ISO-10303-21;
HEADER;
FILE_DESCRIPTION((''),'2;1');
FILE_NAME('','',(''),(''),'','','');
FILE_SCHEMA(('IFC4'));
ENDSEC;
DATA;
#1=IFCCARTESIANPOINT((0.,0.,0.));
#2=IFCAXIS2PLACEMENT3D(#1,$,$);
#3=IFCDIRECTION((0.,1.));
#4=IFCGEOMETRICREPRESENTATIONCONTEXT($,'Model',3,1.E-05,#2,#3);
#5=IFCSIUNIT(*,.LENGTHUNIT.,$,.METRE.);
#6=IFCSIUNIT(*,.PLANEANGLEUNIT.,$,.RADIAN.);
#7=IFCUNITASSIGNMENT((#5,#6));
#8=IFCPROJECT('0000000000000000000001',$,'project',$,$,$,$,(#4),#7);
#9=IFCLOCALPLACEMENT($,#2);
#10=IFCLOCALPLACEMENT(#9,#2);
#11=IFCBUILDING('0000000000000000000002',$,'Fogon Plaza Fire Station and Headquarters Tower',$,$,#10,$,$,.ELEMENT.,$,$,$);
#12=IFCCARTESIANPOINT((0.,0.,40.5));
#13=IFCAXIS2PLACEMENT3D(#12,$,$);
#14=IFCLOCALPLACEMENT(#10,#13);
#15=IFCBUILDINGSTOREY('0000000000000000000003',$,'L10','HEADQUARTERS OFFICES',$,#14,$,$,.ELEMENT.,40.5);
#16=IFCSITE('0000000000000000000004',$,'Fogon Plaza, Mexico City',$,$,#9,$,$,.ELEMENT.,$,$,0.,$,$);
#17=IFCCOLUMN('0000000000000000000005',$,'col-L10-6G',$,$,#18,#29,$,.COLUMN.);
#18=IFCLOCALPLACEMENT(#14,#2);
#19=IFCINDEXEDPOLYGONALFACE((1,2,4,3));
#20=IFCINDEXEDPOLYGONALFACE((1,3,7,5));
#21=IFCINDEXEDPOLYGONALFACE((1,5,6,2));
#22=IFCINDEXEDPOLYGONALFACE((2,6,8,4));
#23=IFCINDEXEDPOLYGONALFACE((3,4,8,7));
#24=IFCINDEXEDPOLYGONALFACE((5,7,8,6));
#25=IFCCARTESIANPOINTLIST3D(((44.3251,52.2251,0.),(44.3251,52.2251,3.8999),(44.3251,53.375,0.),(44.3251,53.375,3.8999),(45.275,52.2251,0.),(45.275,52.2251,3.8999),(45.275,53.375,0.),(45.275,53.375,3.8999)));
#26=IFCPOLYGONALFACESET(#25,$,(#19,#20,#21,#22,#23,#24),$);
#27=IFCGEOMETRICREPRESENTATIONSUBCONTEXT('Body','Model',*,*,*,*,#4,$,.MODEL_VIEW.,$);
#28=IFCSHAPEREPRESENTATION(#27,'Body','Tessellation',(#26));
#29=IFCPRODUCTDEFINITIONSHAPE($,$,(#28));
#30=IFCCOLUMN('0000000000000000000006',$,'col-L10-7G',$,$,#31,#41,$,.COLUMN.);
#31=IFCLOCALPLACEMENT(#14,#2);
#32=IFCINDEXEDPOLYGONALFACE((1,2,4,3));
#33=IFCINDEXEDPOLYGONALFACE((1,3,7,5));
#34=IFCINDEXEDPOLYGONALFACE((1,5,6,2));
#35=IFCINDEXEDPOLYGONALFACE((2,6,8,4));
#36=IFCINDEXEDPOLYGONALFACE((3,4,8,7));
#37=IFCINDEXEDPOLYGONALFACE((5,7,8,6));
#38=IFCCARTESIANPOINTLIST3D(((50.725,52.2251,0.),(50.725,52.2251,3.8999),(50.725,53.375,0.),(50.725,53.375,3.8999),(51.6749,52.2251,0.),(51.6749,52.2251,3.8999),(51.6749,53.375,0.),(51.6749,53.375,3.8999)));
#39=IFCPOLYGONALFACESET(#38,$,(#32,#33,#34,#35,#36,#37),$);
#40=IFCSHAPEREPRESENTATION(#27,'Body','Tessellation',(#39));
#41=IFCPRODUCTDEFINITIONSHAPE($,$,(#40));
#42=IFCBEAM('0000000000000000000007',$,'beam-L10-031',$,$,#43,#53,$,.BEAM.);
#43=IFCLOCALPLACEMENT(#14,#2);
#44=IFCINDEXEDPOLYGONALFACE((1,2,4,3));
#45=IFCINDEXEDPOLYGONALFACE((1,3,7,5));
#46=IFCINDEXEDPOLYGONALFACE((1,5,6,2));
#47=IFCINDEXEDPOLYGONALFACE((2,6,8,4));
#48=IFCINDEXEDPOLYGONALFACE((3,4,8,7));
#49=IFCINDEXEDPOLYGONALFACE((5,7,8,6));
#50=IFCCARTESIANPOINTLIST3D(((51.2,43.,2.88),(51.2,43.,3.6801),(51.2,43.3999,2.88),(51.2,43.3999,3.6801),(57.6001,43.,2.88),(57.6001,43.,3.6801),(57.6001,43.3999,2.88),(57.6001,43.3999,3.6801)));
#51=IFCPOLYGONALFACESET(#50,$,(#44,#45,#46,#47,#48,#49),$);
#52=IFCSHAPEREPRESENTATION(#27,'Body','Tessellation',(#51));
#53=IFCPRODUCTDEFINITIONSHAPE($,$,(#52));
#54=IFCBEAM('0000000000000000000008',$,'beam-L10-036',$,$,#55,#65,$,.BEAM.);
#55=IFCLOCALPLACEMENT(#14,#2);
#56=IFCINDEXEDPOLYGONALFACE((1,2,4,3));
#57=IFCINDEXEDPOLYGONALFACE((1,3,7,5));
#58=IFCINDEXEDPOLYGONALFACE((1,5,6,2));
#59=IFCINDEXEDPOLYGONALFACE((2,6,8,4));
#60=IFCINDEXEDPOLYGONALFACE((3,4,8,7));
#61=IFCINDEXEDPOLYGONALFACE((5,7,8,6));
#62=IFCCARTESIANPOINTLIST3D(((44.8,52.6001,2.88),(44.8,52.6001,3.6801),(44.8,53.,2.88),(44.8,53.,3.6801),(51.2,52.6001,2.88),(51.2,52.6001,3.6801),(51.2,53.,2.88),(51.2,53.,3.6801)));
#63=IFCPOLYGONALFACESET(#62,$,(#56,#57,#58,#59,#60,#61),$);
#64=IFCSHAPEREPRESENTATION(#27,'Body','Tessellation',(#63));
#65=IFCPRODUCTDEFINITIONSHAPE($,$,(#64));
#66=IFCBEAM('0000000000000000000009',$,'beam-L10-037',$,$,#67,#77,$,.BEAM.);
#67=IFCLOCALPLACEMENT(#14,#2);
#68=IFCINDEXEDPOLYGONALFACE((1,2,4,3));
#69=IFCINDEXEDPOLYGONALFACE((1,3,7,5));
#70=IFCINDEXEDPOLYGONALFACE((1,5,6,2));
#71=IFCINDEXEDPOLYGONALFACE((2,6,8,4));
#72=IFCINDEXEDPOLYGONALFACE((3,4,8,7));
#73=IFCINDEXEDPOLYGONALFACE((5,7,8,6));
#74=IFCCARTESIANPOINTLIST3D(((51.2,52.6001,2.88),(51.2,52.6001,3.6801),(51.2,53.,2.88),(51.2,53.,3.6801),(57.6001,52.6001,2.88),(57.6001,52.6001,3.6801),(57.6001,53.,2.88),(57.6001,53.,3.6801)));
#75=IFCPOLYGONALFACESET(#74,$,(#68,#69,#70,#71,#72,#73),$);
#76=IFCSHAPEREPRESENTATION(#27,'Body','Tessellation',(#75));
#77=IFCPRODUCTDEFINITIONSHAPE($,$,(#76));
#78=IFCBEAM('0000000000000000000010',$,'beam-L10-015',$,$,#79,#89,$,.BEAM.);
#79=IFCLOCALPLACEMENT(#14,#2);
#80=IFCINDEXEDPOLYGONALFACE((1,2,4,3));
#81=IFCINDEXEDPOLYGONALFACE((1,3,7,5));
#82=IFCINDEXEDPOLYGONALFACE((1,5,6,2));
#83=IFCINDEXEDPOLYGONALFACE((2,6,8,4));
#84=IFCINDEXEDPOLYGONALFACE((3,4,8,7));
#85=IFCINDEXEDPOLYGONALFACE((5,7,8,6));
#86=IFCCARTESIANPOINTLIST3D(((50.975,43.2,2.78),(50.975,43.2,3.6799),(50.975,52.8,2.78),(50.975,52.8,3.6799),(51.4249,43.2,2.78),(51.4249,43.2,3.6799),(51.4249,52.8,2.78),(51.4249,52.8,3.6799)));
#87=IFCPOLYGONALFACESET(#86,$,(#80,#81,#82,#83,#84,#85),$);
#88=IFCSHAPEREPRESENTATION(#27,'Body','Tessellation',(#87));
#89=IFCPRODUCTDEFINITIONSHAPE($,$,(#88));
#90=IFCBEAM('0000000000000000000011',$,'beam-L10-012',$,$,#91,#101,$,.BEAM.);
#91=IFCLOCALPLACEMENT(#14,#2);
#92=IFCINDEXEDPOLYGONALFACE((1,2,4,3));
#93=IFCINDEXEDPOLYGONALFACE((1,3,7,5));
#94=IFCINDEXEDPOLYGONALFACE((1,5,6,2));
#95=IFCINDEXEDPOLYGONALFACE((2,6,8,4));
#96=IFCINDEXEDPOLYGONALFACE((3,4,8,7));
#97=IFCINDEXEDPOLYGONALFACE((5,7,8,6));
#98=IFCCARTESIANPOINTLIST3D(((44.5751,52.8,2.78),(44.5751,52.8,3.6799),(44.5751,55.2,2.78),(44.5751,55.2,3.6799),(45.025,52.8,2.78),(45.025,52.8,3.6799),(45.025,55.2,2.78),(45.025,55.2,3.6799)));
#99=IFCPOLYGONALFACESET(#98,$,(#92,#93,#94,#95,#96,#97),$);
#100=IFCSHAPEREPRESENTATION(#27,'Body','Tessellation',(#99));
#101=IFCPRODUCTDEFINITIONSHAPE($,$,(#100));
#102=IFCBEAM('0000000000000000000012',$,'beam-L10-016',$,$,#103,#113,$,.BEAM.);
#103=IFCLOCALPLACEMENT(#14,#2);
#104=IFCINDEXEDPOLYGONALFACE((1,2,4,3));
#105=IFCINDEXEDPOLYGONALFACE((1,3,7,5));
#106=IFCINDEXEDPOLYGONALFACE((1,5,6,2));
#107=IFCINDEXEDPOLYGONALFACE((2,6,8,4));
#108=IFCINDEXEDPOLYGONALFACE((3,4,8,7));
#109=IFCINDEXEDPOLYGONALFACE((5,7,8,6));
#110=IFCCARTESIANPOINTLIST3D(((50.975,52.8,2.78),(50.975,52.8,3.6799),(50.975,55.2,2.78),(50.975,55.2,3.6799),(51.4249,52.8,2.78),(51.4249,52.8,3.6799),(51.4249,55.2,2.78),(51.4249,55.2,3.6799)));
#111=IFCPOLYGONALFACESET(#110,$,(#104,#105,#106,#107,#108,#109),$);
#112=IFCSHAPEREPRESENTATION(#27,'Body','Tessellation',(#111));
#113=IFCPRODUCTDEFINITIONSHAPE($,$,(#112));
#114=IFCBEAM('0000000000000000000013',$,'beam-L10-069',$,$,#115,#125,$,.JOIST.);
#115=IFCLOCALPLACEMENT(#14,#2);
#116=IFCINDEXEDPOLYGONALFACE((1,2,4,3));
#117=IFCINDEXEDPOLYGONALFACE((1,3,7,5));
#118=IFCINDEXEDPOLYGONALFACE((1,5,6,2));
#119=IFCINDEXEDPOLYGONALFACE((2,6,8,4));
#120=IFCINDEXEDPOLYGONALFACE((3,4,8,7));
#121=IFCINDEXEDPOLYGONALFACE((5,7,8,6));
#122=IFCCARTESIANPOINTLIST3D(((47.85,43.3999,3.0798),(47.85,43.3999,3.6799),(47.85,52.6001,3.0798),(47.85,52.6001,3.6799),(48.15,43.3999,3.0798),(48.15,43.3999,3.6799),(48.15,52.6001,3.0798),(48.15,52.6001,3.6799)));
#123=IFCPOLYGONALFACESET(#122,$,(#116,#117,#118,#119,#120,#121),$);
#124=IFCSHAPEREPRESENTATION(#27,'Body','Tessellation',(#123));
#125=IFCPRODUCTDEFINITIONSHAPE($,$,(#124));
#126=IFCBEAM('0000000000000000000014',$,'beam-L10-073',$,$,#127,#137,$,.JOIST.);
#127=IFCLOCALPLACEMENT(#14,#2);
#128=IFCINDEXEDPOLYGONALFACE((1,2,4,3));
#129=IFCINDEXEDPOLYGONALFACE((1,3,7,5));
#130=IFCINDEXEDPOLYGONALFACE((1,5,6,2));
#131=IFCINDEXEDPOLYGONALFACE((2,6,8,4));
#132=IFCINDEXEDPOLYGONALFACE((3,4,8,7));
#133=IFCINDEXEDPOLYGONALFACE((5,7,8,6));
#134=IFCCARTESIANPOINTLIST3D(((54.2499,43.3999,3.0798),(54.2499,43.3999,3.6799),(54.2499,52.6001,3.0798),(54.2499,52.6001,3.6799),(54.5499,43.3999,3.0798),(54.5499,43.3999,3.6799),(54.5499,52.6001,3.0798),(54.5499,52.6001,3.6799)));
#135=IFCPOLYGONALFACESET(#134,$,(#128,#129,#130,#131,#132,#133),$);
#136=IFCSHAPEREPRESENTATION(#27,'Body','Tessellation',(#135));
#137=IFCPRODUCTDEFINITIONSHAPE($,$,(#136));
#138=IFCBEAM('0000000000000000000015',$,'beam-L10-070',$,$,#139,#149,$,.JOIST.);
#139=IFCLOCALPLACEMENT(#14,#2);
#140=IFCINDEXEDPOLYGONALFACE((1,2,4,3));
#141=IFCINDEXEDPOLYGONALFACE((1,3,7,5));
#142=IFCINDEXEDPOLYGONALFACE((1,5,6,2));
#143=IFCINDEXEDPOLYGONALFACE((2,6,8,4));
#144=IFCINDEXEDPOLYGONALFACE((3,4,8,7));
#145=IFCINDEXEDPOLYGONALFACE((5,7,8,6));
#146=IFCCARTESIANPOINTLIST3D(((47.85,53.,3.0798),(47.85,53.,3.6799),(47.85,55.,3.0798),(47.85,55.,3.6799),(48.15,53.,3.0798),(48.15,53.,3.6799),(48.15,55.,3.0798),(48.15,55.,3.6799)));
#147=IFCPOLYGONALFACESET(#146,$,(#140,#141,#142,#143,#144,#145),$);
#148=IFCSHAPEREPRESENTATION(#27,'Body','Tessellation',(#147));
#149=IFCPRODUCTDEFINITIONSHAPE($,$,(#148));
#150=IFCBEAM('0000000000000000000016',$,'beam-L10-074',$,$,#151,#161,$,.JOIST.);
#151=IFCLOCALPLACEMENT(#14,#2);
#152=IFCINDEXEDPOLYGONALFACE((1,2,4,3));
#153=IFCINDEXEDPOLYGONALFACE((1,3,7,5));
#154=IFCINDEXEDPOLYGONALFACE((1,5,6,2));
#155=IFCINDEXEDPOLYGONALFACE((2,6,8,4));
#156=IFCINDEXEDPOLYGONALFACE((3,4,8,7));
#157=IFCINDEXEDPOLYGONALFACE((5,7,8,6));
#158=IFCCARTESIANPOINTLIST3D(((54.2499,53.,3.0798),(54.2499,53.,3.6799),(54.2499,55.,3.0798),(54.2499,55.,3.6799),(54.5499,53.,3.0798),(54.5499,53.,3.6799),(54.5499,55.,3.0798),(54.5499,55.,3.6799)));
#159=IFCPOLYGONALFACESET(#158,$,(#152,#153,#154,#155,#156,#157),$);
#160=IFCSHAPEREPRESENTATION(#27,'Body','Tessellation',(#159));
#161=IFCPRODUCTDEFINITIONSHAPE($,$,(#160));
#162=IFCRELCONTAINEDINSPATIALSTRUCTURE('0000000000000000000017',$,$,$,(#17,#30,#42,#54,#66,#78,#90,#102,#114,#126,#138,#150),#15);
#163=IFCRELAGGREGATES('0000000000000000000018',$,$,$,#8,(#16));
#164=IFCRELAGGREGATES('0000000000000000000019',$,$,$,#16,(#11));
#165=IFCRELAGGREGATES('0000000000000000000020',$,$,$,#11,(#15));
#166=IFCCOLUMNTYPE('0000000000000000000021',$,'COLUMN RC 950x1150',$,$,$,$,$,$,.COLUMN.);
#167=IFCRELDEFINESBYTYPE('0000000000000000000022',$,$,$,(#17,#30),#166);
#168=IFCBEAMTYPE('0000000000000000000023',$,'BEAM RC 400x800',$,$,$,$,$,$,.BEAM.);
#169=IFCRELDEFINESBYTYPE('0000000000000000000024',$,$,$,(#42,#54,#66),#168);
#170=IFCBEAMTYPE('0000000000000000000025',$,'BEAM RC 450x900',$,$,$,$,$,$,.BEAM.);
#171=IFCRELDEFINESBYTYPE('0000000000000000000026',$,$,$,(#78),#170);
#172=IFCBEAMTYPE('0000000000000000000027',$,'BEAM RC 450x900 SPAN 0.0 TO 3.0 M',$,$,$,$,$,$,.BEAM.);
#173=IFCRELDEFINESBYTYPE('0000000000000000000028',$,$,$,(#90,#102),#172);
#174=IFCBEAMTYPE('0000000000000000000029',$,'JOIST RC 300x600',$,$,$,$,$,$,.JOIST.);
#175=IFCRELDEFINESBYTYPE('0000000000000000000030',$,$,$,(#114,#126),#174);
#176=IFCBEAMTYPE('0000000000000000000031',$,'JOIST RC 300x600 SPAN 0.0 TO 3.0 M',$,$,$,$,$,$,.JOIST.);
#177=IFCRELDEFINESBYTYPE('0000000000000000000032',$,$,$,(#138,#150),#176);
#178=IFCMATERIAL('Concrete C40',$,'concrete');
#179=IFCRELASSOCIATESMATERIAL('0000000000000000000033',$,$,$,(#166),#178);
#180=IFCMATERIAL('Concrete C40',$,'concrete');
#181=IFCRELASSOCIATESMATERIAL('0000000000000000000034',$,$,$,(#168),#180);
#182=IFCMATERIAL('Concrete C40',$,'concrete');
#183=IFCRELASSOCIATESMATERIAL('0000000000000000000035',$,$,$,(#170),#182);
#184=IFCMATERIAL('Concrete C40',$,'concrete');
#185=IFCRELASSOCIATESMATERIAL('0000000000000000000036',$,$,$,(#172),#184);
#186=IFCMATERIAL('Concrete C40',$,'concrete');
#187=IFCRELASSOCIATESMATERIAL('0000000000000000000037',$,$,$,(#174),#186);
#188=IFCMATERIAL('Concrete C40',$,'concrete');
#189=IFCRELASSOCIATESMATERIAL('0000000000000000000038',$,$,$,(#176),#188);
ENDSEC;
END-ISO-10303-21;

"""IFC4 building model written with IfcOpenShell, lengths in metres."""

from ifc_helpers import new_model, si_unit, direction, frame, origin, origin_2d, place, context, subcontext, project, spatial, rectangle, extrude, material, material_profile, profile_set, type_object, element, save


model = new_model("IFC4")

# Units and contexts
model_context = context("Model", 3, precision=1e-05, world=origin(), true_north=direction((0.0, 1.0)))
body_context = subcontext(model_context, "Body", "Model", "MODEL_VIEW")
ifc_project = project(units=[si_unit("LENGTHUNIT", "METRE"), si_unit("PLANEANGLEUNIT", "RADIAN")], contexts=[model_context])

# Site, building, storey
site_placement = place(None, origin())
site = spatial("IfcSite", under=ifc_project, at=site_placement, Name="Fogon Plaza, Mexico City", CompositionType="ELEMENT", RefElevation=0.0)
building_placement = place(site_placement, origin())
building = spatial("IfcBuilding", under=site, at=building_placement, Name="Fogon Plaza Fire Station and Headquarters Tower", CompositionType="ELEMENT")
storey_placement = place(building_placement, frame((0.0, 0.0, 40.5)))
storey = spatial("IfcBuildingStorey", under=building, at=storey_placement, Name="L10", Description="HEADQUARTERS OFFICES", CompositionType="ELEMENT", Elevation=40.5)

# Columns
ifc_material_1 = material(Name="Concrete C40", Category="concrete")
ifc_material_profile_1 = material_profile(ifc_material_1, rectangle(XDim=0.95, YDim=1.1499, at=origin_2d()), Name="RC 950x1150")
ifc_profile_set_1 = profile_set([ifc_material_profile_1], Name="Concrete C40")
column_type = type_object("IfcColumnType", Name="COLUMN RC 950x1150", PredefinedType="COLUMN", material=ifc_profile_set_1)
for number, where, z_axis, x_axis, name in (
    (1, (44.8, 52.8, 0.0), (0.0, 0.0, 1.0), (1.0, 0.0, 0.0), "col-L10-6G"),
    (2, (51.2, 52.8, 0.0), (0.0, 0.0, 1.0), (1.0, 0.0, 0.0), "col-L10-7G"),
):
    element("IfcColumn", number, at=place(storey_placement, frame(where, z_axis=z_axis, x_axis=x_axis)), inside=storey, type_object=column_type, Name=name, PredefinedType="COLUMN", context=body_context, shape_type="SweptSolid", body=[
        extrude(rectangle(XDim=0.95, YDim=1.1499, at=origin_2d()), origin(), (0.0, 0.0, 1.0), 3.8999),
    ])

# Beams
ifc_material_2 = material(Name="Concrete C40", Category="concrete")
ifc_material_profile_2 = material_profile(ifc_material_2, rectangle(XDim=0.3999, YDim=0.8, at=origin_2d()), Name="RC 400x800")
ifc_profile_set_2 = profile_set([ifc_material_profile_2], Name="Concrete C40")
beam_type_1 = type_object("IfcBeamType", Name="BEAM RC 400x800", PredefinedType="BEAM", material=ifc_profile_set_2)
beam_1_placement = place(storey_placement, frame((51.2, 43.2, 3.28), z_axis=(1.0, 0.0, 0.0), x_axis=(0.0, 1.0, 0.0)))
element("IfcBeam", 3, at=beam_1_placement, inside=storey, type_object=beam_type_1, Name="beam-L10-031", PredefinedType="BEAM", context=body_context, shape_type="SweptSolid", body=[
    extrude(rectangle(XDim=0.3999, YDim=0.8, at=origin_2d()), origin(), (0.0, 0.0, 1.0), 6.4001),
])
beam_2_placement = place(storey_placement, frame((44.8, 52.8, 3.28), z_axis=(1.0, 0.0, 0.0), x_axis=(0.0, 1.0, 0.0)))
element("IfcBeam", 4, at=beam_2_placement, inside=storey, type_object=beam_type_1, Name="beam-L10-036", PredefinedType="BEAM", context=body_context, shape_type="SweptSolid", body=[
    extrude(rectangle(XDim=0.3999, YDim=0.8, at=origin_2d()), origin(), (0.0, 0.0, 1.0), 6.3999),
])
beam_3_placement = place(storey_placement, frame((51.2, 52.8, 3.28), z_axis=(1.0, 0.0, 0.0), x_axis=(0.0, 1.0, 0.0)))
element("IfcBeam", 5, at=beam_3_placement, inside=storey, type_object=beam_type_1, Name="beam-L10-037", PredefinedType="BEAM", context=body_context, shape_type="SweptSolid", body=[
    extrude(rectangle(XDim=0.3999, YDim=0.8, at=origin_2d()), origin(), (0.0, 0.0, 1.0), 6.4001),
])
ifc_material_3 = material(Name="Concrete C40", Category="concrete")
ifc_material_profile_3 = material_profile(ifc_material_3, rectangle(XDim=0.45, YDim=0.8999, at=origin_2d()), Name="RC 450x900")
ifc_profile_set_3 = profile_set([ifc_material_profile_3], Name="Concrete C40")
beam_type_2 = type_object("IfcBeamType", Name="BEAM RC 450x900", PredefinedType="BEAM", material=ifc_profile_set_3)
beam_4_placement = place(storey_placement, frame((51.2, 43.2, 3.23), z_axis=(0.0, 1.0, 0.0), x_axis=(-1.0, 0.0, 0.0)))
element("IfcBeam", 6, at=beam_4_placement, inside=storey, type_object=beam_type_2, Name="beam-L10-015", PredefinedType="BEAM", context=body_context, shape_type="SweptSolid", body=[
    extrude(rectangle(XDim=0.45, YDim=0.8999, at=origin_2d()), origin(), (0.0, 0.0, 1.0), 9.6001),
])
ifc_material_4 = material(Name="Concrete C40", Category="concrete")
ifc_material_profile_4 = material_profile(ifc_material_4, rectangle(XDim=0.45, YDim=0.8999, at=origin_2d()), Name="RC 450x900")
ifc_profile_set_4 = profile_set([ifc_material_profile_4], Name="Concrete C40")
beam_type_3 = type_object("IfcBeamType", Name="BEAM RC 450x900 SPAN 0.0 TO 3.0 M", PredefinedType="BEAM", material=ifc_profile_set_4)
for number, where, z_axis, x_axis, name in (
    (7, (44.8, 52.8, 3.23), (0.0, 1.0, 0.0), (-1.0, 0.0, 0.0), "beam-L10-012"),
    (8, (51.2, 52.8, 3.23), (0.0, 1.0, 0.0), (-1.0, 0.0, 0.0), "beam-L10-016"),
):
    element("IfcBeam", number, at=place(storey_placement, frame(where, z_axis=z_axis, x_axis=x_axis)), inside=storey, type_object=beam_type_3, Name=name, PredefinedType="BEAM", context=body_context, shape_type="SweptSolid", body=[
        extrude(rectangle(XDim=0.45, YDim=0.8999, at=origin_2d()), origin(), (0.0, 0.0, 1.0), 2.3999),
    ])
ifc_material_5 = material(Name="Concrete C40", Category="concrete")
ifc_material_profile_5 = material_profile(ifc_material_5, rectangle(XDim=0.3, YDim=0.6001, at=origin_2d()), Name="RC 300x600")
ifc_profile_set_5 = profile_set([ifc_material_profile_5], Name="Concrete C40")
beam_type_4 = type_object("IfcBeamType", Name="JOIST RC 300x600", PredefinedType="JOIST", material=ifc_profile_set_5)
for number, where, z_axis, x_axis, name in (
    (9, (48.0, 43.3999, 3.3799), (0.0, 1.0, 0.0), (-1.0, 0.0, 0.0), "beam-L10-069"),
    (10, (54.3999, 43.3999, 3.3799), (0.0, 1.0, 0.0), (-1.0, 0.0, 0.0), "beam-L10-073"),
):
    element("IfcBeam", number, at=place(storey_placement, frame(where, z_axis=z_axis, x_axis=x_axis)), inside=storey, type_object=beam_type_4, Name=name, PredefinedType="JOIST", context=body_context, shape_type="SweptSolid", body=[
        extrude(rectangle(XDim=0.3, YDim=0.6001, at=origin_2d()), origin(), (0.0, 0.0, 1.0), 9.2002),
    ])
ifc_material_6 = material(Name="Concrete C40", Category="concrete")
ifc_material_profile_6 = material_profile(ifc_material_6, rectangle(XDim=0.3, YDim=0.6001, at=origin_2d()), Name="RC 300x600")
ifc_profile_set_6 = profile_set([ifc_material_profile_6], Name="Concrete C40")
beam_type_5 = type_object("IfcBeamType", Name="JOIST RC 300x600 SPAN 0.0 TO 3.0 M", PredefinedType="JOIST", material=ifc_profile_set_6)
for number, where, z_axis, x_axis, name in (
    (11, (48.0, 53.0, 3.3799), (0.0, 1.0, 0.0), (-1.0, 0.0, 0.0), "beam-L10-070"),
    (12, (54.3999, 53.0, 3.3799), (0.0, 1.0, 0.0), (-1.0, 0.0, 0.0), "beam-L10-074"),
):
    element("IfcBeam", number, at=place(storey_placement, frame(where, z_axis=z_axis, x_axis=x_axis)), inside=storey, type_object=beam_type_5, Name=name, PredefinedType="JOIST", context=body_context, shape_type="SweptSolid", body=[
        extrude(rectangle(XDim=0.3, YDim=0.6001, at=origin_2d()), origin(), (0.0, 0.0, 1.0), 2.0),
    ])

save(model, "model.ifc")
